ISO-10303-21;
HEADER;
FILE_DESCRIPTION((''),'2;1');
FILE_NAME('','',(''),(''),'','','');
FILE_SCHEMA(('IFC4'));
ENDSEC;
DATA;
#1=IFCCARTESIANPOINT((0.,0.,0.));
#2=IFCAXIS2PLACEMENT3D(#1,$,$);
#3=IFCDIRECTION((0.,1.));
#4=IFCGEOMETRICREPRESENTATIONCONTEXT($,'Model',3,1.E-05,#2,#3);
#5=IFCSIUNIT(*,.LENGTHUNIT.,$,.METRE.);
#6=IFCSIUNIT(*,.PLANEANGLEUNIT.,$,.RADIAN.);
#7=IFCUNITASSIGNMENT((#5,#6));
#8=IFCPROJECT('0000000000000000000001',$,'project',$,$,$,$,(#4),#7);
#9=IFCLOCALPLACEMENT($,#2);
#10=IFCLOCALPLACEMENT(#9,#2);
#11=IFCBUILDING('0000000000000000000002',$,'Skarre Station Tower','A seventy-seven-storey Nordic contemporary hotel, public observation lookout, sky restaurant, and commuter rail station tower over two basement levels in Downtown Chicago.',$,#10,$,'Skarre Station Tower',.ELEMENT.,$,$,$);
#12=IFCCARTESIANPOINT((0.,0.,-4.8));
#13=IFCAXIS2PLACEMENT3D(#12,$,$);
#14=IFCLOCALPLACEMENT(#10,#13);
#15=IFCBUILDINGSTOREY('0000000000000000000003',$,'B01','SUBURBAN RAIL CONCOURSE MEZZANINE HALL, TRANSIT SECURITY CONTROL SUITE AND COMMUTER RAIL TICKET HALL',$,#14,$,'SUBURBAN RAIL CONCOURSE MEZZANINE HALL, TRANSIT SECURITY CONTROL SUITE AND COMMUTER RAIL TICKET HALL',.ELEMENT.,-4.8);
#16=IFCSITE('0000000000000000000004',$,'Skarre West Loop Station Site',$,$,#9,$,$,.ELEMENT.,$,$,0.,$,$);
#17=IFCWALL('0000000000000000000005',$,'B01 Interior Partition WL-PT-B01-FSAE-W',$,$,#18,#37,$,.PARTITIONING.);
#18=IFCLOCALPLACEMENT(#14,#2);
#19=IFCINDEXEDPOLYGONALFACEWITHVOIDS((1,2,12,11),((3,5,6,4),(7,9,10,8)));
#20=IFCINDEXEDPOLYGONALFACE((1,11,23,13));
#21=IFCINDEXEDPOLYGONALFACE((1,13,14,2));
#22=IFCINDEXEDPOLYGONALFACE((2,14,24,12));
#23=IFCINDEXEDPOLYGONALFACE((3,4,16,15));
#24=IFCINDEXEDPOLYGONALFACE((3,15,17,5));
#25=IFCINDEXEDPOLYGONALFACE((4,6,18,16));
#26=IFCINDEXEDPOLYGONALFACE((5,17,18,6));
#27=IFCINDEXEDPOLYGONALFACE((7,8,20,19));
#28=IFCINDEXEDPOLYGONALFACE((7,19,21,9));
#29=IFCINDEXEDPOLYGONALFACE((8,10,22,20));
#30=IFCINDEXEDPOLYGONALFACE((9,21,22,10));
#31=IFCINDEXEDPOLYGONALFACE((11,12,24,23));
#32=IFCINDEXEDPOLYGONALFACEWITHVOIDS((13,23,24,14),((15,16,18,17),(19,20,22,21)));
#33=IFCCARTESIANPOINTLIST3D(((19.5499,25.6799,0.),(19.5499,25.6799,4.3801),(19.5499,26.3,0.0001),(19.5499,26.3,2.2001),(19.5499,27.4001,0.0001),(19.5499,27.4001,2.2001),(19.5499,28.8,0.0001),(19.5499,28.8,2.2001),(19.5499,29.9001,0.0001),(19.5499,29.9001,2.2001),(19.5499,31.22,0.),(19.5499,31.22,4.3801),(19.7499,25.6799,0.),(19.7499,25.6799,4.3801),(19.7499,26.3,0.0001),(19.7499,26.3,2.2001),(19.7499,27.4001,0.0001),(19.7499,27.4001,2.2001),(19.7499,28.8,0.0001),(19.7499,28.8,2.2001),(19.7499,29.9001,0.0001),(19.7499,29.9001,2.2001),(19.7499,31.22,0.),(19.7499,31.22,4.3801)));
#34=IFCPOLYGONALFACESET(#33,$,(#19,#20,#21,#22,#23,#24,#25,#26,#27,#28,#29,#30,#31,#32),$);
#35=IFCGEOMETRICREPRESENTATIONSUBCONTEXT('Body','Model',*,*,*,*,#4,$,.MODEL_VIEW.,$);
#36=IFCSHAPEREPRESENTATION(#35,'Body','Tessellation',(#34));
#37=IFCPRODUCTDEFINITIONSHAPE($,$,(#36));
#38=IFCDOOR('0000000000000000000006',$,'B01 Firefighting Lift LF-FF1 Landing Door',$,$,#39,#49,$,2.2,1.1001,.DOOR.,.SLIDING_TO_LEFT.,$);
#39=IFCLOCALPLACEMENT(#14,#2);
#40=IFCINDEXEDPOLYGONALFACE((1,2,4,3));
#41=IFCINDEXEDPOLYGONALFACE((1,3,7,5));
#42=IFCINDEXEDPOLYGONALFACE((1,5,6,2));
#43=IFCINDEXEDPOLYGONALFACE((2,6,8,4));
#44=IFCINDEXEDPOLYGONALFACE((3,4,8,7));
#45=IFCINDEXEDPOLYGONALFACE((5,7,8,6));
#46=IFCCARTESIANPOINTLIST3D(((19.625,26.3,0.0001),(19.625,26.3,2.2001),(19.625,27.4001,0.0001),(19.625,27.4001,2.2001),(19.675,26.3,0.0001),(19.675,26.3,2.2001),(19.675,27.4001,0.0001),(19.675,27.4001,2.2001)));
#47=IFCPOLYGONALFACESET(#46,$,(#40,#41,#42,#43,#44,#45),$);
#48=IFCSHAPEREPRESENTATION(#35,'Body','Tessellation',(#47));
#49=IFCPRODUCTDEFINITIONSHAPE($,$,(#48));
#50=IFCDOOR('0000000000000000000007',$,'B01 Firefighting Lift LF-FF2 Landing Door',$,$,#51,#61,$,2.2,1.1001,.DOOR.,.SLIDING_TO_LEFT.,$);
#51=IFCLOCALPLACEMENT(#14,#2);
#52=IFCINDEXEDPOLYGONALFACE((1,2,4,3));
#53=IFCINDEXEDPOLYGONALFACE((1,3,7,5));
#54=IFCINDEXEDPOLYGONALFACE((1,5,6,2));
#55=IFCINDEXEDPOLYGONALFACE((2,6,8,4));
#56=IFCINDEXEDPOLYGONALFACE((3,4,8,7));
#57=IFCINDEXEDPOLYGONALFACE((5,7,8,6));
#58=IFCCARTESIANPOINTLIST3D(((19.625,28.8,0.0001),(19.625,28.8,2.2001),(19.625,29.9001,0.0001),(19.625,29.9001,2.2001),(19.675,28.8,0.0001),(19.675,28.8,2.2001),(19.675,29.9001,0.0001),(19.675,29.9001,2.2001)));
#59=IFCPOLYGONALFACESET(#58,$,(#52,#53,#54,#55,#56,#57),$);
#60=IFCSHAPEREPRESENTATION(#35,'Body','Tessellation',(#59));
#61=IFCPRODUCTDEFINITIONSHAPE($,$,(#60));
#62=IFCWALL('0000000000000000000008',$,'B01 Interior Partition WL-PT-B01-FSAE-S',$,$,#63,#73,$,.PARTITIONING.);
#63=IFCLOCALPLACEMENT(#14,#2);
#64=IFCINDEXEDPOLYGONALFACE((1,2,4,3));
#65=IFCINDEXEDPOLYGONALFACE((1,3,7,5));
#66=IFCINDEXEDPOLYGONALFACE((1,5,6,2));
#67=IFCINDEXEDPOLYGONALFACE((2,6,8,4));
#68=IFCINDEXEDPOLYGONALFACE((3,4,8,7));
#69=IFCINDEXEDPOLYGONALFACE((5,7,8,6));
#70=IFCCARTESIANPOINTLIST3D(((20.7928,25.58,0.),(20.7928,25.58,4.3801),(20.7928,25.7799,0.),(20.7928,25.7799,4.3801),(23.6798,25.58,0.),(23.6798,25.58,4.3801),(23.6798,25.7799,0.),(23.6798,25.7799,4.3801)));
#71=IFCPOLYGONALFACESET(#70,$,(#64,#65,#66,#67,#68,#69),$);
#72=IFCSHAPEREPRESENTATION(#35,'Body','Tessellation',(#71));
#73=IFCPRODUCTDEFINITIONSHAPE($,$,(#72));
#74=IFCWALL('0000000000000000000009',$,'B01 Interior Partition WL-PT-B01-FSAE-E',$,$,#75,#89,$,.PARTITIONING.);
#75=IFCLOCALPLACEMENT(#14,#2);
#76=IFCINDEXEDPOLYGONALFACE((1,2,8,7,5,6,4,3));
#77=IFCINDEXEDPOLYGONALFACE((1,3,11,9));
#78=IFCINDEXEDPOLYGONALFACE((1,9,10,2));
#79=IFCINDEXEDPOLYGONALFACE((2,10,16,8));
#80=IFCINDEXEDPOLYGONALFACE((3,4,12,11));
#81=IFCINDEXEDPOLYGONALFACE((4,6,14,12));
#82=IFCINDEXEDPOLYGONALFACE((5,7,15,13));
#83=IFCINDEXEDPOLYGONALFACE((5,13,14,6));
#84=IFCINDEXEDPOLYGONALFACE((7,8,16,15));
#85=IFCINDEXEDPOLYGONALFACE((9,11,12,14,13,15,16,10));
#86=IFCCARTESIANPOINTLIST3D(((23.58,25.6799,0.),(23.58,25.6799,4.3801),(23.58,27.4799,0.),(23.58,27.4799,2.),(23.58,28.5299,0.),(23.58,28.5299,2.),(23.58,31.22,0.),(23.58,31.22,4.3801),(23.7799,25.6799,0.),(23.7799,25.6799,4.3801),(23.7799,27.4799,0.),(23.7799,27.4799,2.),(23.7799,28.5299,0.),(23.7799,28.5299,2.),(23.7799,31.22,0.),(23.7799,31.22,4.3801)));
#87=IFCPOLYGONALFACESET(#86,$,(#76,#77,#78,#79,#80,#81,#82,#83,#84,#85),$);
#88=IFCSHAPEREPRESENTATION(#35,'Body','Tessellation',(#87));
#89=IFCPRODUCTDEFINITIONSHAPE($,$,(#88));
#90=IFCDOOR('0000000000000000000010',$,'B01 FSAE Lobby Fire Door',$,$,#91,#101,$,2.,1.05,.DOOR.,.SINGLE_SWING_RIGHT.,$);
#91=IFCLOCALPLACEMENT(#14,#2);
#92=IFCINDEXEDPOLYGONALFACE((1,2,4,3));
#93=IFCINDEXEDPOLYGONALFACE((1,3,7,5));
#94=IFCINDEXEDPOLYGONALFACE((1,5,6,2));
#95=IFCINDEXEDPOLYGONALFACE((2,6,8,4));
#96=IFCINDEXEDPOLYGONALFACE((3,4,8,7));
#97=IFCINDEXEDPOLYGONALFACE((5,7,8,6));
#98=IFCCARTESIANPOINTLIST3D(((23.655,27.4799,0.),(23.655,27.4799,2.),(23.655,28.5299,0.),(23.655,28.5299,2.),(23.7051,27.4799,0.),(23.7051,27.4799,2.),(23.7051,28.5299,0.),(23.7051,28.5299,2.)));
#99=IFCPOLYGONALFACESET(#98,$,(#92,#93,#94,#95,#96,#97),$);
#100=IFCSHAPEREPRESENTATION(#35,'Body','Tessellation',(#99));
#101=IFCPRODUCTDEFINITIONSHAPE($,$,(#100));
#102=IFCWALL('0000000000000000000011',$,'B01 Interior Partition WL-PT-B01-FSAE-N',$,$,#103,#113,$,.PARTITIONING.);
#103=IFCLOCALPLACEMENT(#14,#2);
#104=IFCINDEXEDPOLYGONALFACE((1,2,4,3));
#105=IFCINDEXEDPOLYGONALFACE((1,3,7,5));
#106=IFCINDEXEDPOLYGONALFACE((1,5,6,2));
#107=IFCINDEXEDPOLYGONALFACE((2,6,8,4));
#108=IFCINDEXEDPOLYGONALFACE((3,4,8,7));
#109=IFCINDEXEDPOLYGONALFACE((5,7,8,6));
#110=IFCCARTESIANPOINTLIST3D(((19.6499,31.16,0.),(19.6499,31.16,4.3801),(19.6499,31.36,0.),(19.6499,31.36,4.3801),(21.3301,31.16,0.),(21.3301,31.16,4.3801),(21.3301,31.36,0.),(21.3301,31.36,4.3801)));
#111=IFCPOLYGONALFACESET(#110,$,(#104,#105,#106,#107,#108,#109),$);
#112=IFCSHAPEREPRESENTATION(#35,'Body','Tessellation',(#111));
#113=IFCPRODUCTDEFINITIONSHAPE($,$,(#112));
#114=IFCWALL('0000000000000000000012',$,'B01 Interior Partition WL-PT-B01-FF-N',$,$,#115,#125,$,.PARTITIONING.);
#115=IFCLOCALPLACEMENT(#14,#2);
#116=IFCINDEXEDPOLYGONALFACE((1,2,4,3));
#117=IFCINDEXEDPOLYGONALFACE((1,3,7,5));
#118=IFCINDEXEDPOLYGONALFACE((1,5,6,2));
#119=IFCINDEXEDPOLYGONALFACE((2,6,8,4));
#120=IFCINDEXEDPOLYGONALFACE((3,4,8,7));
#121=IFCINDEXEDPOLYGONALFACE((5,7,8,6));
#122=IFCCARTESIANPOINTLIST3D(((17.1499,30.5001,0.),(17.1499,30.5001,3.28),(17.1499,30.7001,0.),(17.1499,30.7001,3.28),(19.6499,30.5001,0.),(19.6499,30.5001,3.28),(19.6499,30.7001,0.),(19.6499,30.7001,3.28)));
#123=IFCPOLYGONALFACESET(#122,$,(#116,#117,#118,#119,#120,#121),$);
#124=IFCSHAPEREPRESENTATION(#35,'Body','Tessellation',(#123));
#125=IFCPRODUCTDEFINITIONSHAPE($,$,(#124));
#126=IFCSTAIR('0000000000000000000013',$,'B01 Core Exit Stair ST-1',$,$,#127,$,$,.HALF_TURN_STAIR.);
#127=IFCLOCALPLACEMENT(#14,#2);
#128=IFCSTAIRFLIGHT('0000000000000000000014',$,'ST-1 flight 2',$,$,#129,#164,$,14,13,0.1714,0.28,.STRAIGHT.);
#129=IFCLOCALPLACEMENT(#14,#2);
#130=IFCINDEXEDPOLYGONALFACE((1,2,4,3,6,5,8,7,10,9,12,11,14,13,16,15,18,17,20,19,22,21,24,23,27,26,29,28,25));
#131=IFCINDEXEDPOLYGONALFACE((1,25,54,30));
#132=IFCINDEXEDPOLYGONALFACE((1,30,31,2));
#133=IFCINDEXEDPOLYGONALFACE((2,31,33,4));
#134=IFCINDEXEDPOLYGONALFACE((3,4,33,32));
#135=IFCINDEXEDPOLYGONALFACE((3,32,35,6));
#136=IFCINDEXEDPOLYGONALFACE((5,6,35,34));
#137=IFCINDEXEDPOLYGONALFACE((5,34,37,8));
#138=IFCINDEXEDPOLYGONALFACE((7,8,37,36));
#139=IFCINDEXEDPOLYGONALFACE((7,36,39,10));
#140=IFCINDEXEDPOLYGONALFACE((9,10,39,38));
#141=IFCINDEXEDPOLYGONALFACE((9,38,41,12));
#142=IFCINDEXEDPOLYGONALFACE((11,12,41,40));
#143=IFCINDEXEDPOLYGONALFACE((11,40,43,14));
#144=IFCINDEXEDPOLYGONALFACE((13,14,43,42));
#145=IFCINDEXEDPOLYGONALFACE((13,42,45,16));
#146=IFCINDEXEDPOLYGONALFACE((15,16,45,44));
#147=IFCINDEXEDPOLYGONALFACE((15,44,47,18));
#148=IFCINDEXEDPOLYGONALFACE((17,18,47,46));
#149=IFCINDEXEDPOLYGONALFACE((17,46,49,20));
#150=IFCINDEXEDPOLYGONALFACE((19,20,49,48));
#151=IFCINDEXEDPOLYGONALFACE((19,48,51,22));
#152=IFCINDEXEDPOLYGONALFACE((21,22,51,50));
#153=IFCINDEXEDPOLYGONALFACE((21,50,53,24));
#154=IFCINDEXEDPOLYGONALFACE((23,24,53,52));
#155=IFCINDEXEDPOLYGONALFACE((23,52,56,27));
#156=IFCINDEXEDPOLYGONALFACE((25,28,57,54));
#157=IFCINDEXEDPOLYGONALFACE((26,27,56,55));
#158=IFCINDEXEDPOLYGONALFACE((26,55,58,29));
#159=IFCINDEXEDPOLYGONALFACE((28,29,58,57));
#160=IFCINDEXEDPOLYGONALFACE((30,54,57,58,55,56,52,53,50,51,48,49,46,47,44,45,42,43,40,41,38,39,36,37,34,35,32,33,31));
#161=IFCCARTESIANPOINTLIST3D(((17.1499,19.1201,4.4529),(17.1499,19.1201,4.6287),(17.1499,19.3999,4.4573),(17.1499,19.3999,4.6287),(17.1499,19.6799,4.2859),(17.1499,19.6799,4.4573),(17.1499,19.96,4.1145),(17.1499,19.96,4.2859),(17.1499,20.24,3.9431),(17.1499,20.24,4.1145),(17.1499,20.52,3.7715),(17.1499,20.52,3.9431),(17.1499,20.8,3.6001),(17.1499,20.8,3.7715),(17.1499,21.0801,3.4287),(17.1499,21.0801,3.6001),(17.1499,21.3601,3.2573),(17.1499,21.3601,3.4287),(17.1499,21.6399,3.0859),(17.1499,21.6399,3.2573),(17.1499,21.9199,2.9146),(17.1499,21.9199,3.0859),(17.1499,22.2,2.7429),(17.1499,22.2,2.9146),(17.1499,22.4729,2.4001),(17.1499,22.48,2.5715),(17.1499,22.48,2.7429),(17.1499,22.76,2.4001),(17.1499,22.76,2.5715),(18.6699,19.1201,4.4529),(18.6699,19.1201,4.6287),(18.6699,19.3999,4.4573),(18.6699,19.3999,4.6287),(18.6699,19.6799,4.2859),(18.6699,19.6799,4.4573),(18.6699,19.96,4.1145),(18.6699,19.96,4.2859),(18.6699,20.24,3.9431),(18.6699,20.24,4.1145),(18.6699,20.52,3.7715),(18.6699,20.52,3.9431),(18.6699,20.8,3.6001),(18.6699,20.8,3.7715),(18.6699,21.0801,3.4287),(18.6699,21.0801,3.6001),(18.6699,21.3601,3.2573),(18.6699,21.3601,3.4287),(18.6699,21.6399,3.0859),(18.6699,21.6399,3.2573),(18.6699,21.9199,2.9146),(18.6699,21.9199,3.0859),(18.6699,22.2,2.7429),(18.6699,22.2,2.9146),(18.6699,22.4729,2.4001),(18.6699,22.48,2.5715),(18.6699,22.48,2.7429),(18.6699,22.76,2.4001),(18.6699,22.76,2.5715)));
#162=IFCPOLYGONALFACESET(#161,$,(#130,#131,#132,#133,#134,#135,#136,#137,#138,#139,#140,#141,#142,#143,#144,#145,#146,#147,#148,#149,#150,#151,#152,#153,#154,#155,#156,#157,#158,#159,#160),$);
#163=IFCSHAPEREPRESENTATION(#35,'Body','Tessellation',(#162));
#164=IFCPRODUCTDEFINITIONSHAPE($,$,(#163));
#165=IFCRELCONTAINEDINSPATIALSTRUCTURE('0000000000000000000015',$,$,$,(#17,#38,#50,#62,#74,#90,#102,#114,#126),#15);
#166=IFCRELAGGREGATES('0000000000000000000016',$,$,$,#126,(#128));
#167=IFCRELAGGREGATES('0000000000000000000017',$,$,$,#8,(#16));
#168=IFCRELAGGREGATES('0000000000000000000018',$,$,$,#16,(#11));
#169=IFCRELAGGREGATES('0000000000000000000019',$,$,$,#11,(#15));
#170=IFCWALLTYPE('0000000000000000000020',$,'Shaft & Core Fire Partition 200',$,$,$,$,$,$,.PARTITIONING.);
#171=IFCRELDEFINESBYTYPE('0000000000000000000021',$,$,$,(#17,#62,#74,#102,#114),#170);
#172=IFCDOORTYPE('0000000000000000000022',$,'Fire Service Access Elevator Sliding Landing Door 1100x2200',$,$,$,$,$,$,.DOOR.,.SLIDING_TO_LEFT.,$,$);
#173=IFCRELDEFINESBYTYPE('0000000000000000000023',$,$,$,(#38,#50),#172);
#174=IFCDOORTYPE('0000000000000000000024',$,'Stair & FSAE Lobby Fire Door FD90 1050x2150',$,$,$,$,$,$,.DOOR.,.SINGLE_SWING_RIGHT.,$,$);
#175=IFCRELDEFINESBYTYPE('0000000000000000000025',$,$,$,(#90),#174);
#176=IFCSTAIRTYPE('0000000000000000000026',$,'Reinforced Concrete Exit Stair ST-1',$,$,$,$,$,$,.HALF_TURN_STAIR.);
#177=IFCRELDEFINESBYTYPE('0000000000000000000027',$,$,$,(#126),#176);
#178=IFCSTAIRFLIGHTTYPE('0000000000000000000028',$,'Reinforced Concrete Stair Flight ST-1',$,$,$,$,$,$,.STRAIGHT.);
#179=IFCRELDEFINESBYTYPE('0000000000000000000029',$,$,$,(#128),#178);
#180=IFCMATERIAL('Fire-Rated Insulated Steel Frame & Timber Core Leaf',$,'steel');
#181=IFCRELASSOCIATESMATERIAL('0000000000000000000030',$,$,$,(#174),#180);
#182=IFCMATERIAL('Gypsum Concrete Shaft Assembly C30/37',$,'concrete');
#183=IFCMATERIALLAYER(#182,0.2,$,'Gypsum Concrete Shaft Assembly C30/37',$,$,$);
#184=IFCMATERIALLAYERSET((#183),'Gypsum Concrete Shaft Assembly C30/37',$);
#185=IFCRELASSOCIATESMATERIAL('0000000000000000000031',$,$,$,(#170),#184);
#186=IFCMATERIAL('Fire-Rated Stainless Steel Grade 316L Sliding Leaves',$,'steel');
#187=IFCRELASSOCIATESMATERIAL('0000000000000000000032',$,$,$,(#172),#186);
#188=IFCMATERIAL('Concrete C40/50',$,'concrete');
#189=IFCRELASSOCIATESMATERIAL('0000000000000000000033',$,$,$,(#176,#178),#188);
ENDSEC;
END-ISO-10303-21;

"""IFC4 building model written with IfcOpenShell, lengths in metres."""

from ifc_helpers import new_model, si_unit, direction, frame, frame_2d, origin, place, context, subcontext, project, spatial, polyline, rectangle, outline, extrude, material, layer, layer_set, type_object, element, fill, aggregate, save


model = new_model("IFC4")

# Units and contexts
model_context = context("Model", 3, precision=1e-05, world=origin(), true_north=direction((0.0, 1.0)))
body_context = subcontext(model_context, "Body", "Model", "MODEL_VIEW")
ifc_project = project(units=[si_unit("LENGTHUNIT", "METRE"), si_unit("PLANEANGLEUNIT", "RADIAN")], contexts=[model_context])

# Site, building, storey
site_placement = place(None, origin())
site = spatial("IfcSite", under=ifc_project, at=site_placement, Name="Skarre West Loop Station Site", CompositionType="ELEMENT", RefElevation=0.0)
building_placement = place(site_placement, origin())
building = spatial("IfcBuilding", under=site, at=building_placement, Name="Skarre Station Tower", Description="A seventy-seven-storey Nordic contemporary hotel, public observation lookout, sky restaurant, and commuter rail station tower over two basement levels in Downtown Chicago.", LongName="Skarre Station Tower", CompositionType="ELEMENT")
storey_placement = place(building_placement, frame((0.0, 0.0, -4.8)))
storey = spatial("IfcBuildingStorey", under=building, at=storey_placement, Name="B01", Description="SUBURBAN RAIL CONCOURSE MEZZANINE HALL, TRANSIT SECURITY CONTROL SUITE AND COMMUTER RAIL TICKET HALL", LongName="SUBURBAN RAIL CONCOURSE MEZZANINE HALL, TRANSIT SECURITY CONTROL SUITE AND COMMUTER RAIL TICKET HALL", CompositionType="ELEMENT", Elevation=-4.8)

# Shared definitions
ifc_material_1 = material(Name="Fire-Rated Insulated Steel Frame & Timber Core Leaf", Category="steel")
door_type_1 = type_object("IfcDoorType", Name="Stair & FSAE Lobby Fire Door FD90 1050x2150", OperationType="SINGLE_SWING_RIGHT", PredefinedType="DOOR", material=ifc_material_1)

# Wall, openings, doors
ifc_material_2 = material(Name="Gypsum Concrete Shaft Assembly C30/37", Category="concrete")
ifc_layer_1 = layer(ifc_material_2, 0.2, Name="Gypsum Concrete Shaft Assembly C30/37")
ifc_layer_set_1 = layer_set([ifc_layer_1], Name="Gypsum Concrete Shaft Assembly C30/37")
wall_type_1 = type_object("IfcWallType", Name="Shaft & Core Fire Partition 200", PredefinedType="PARTITIONING", material=ifc_layer_set_1)
wall_1_placement = place(storey_placement, frame((19.6499, 25.6799, 0.0), z_axis=(0.0, 0.0, 1.0), x_axis=(0.0, 1.0, 0.0)))
wall_1 = element("IfcWall", 1, at=wall_1_placement, inside=storey, type_object=wall_type_1, Name="B01 Interior Partition WL-PT-B01-FSAE-W", PredefinedType="PARTITIONING", context=body_context, shape_type="SweptSolid", body=[
    extrude(rectangle(XDim=5.54, YDim=0.2, at=frame_2d((2.77, 0.0))), origin(), (0.0, 0.0, 1.0), 4.3801),
])
opening_1_placement = place(wall_1_placement, frame((0.6201, 0.0, 0.0)))
opening_1 = element("IfcOpeningElement", 2, at=opening_1_placement, cuts=wall_1, PredefinedType="OPENING", context=body_context, shape_type="SweptSolid", body=[
    extrude(rectangle(XDim=1.1001, YDim=2.2, at=frame_2d((0.55, 1.1001))), frame((0.0, 0.1099, 0.0), z_axis=(0.0, -1.0, 0.0), x_axis=(1.0, 0.0, 0.0)), (0.0, 0.0, 1.0), 0.22),
])
opening_2_placement = place(wall_1_placement, frame((3.1201, 0.0, 0.0)))
opening_2 = element("IfcOpeningElement", 3, at=opening_2_placement, cuts=wall_1, PredefinedType="OPENING", context=body_context, shape_type="SweptSolid", body=[
    extrude(rectangle(XDim=1.1001, YDim=2.2, at=frame_2d((0.55, 1.1001))), frame((0.0, 0.1099, 0.0), z_axis=(0.0, -1.0, 0.0), x_axis=(1.0, 0.0, 0.0)), (0.0, 0.0, 1.0), 0.22),
])
ifc_material_3 = material(Name="Fire-Rated Stainless Steel Grade 316L Sliding Leaves", Category="steel")
door_type_2 = type_object("IfcDoorType", Name="Fire Service Access Elevator Sliding Landing Door 1100x2200", OperationType="SLIDING_TO_LEFT", PredefinedType="DOOR", material=ifc_material_3)
door_1_placement = place(opening_1_placement, origin())
door_1 = element("IfcDoor", 4, at=door_1_placement, inside=storey, type_object=door_type_2, Name="B01 Firefighting Lift LF-FF1 Landing Door", OperationType="SLIDING_TO_LEFT", OverallHeight=2.2, OverallWidth=1.1001, PredefinedType="DOOR", context=body_context, shape_type="SweptSolid", body=[
    extrude(rectangle(XDim=1.1001, YDim=2.2, at=frame_2d((0.55, 1.1001))), frame((0.0, 0.0249, 0.0), z_axis=(0.0, -1.0, 0.0), x_axis=(1.0, 0.0, 0.0)), (0.0, 0.0, 1.0), 0.05),
])
fill(opening_1, door_1)
door_2_placement = place(opening_2_placement, origin())
door_2 = element("IfcDoor", 5, at=door_2_placement, inside=storey, type_object=door_type_2, Name="B01 Firefighting Lift LF-FF2 Landing Door", OperationType="SLIDING_TO_LEFT", OverallHeight=2.2, OverallWidth=1.1001, PredefinedType="DOOR", context=body_context, shape_type="SweptSolid", body=[
    extrude(rectangle(XDim=1.1001, YDim=2.2, at=frame_2d((0.55, 1.1001))), frame((0.0, 0.0249, 0.0), z_axis=(0.0, -1.0, 0.0), x_axis=(1.0, 0.0, 0.0)), (0.0, 0.0, 1.0), 0.05),
])
fill(opening_2, door_2)

# Wall
wall_2_placement = place(storey_placement, frame((20.793, 25.6799, 0.0), z_axis=(0.0, 0.0, 1.0), x_axis=(1.0, 0.0, 0.0)))
element("IfcWall", 6, at=wall_2_placement, inside=storey, type_object=wall_type_1, Name="B01 Interior Partition WL-PT-B01-FSAE-S", PredefinedType="PARTITIONING", context=body_context, shape_type="SweptSolid", body=[
    extrude(rectangle(XDim=2.887, YDim=0.2, at=frame_2d((1.4434, 0.0))), origin(), (0.0, 0.0, 1.0), 4.3801),
])

# Wall, opening, door
wall_3_placement = place(storey_placement, frame((23.6799, 25.6799, 0.0), z_axis=(0.0, 0.0, 1.0), x_axis=(0.0, 1.0, 0.0)))
wall_3 = element("IfcWall", 7, at=wall_3_placement, inside=storey, type_object=wall_type_1, Name="B01 Interior Partition WL-PT-B01-FSAE-E", PredefinedType="PARTITIONING", context=body_context, shape_type="SweptSolid", body=[
    extrude(rectangle(XDim=5.54, YDim=0.2, at=frame_2d((2.77, 0.0))), origin(), (0.0, 0.0, 1.0), 4.3801),
])
opening_3_placement = place(wall_3_placement, frame((1.8, 0.0, 0.0)))
opening_3 = element("IfcOpeningElement", 8, at=opening_3_placement, cuts=wall_3, PredefinedType="OPENING", context=body_context, shape_type="SweptSolid", body=[
    extrude(rectangle(XDim=1.05, YDim=2.0, at=frame_2d((0.5249, 1.0))), frame((0.0, 0.1099, 0.0), z_axis=(0.0, -1.0, 0.0), x_axis=(1.0, 0.0, 0.0)), (0.0, 0.0, 1.0), 0.22),
])
door_3_placement = place(opening_3_placement, origin())
door_3 = element("IfcDoor", 9, at=door_3_placement, inside=storey, type_object=door_type_1, Name="B01 FSAE Lobby Fire Door", OperationType="SINGLE_SWING_RIGHT", OverallHeight=2.0, OverallWidth=1.05, PredefinedType="DOOR", context=body_context, shape_type="SweptSolid", body=[
    extrude(rectangle(XDim=1.05, YDim=2.0, at=frame_2d((0.5249, 1.0))), frame((0.0, 0.0249, 0.0), z_axis=(0.0, -1.0, 0.0), x_axis=(1.0, 0.0, 0.0)), (0.0, 0.0, 1.0), 0.05),
])
fill(opening_3, door_3)

# Walls
wall_4_placement = place(storey_placement, frame((21.3301, 31.26, 0.0), z_axis=(0.0, 0.0, 1.0), x_axis=(-1.0, 0.0, 0.0)))
element("IfcWall", 10, at=wall_4_placement, inside=storey, type_object=wall_type_1, Name="B01 Interior Partition WL-PT-B01-FSAE-N", PredefinedType="PARTITIONING", context=body_context, shape_type="SweptSolid", body=[
    extrude(rectangle(XDim=1.6802, YDim=0.2, at=frame_2d((0.8401, 0.0))), origin(), (0.0, 0.0, 1.0), 4.3801),
])
wall_5_placement = place(storey_placement, frame((19.6499, 30.6001, 0.0), z_axis=(0.0, 0.0, 1.0), x_axis=(-1.0, 0.0, 0.0)))
element("IfcWall", 11, at=wall_5_placement, inside=storey, type_object=wall_type_1, Name="B01 Interior Partition WL-PT-B01-FF-N", PredefinedType="PARTITIONING", context=body_context, shape_type="SweptSolid", body=[
    extrude(rectangle(XDim=2.5, YDim=0.2, at=frame_2d((1.25, 0.0))), origin(), (0.0, 0.0, 1.0), 3.28),
])

# Stair, stair flight
ifc_material_4 = material(Name="Concrete C40/50", Category="concrete")
stair_type = type_object("IfcStairType", Name="Reinforced Concrete Exit Stair ST-1", PredefinedType="HALF_TURN_STAIR", material=ifc_material_4)
stair_placement = place(storey_placement, origin())
stair = element("IfcStair", 12, at=stair_placement, inside=storey, type_object=stair_type, Name="B01 Core Exit Stair ST-1", PredefinedType="HALF_TURN_STAIR")
stair_flight_type = type_object("IfcStairFlightType", Name="Reinforced Concrete Stair Flight ST-1", PredefinedType="STRAIGHT", material=ifc_material_4)
stair_flight_placement = place(storey_placement, frame((17.9099, 22.76, 2.4001), z_axis=(0.0, 0.0, 1.0), x_axis=(0.0, -1.0, 0.0)))
stair_flight = element("IfcStairFlight", 13, at=stair_flight_placement, type_object=stair_flight_type, Name="ST-1 flight 2", NumberOfRisers=14, NumberOfTreads=13, PredefinedType="STRAIGHT", RiserHeight=0.1714, TreadLength=0.28, context=body_context, shape_type="SweptSolid", body=[
    extrude(outline(polyline([(0.0, 0.0), (0.0, 0.1714), (0.28, 0.1714), (0.28, 0.3428), (0.5601, 0.3428), (0.5601, 0.5144), (0.8401, 0.5144), (0.8401, 0.6858), (1.1201, 0.6858), (1.1201, 0.8572), (1.3999, 0.8572), (1.3999, 1.0286), (1.6799, 1.0286), (1.6799, 1.2), (1.96, 1.2), (1.96, 1.3713), (2.24, 1.3713), (2.24, 1.543), (2.52, 1.543), (2.52, 1.7144), (2.8, 1.7144), (2.8, 1.8857), (3.0801, 1.8857), (3.0801, 2.0571), (3.3601, 2.0571), (3.3601, 2.2285), (3.6399, 2.2285), (3.6399, 2.3999), (3.6399, 2.0527), (0.2871, 0.0), (0.0, 0.0)])), frame((0.0, 0.76, 0.0), z_axis=(0.0, -1.0, 0.0), x_axis=(1.0, 0.0, 0.0)), (0.0, 0.0, 1.0), 1.52),
])
aggregate(stair, [stair_flight])

save(model, "model.ifc")
